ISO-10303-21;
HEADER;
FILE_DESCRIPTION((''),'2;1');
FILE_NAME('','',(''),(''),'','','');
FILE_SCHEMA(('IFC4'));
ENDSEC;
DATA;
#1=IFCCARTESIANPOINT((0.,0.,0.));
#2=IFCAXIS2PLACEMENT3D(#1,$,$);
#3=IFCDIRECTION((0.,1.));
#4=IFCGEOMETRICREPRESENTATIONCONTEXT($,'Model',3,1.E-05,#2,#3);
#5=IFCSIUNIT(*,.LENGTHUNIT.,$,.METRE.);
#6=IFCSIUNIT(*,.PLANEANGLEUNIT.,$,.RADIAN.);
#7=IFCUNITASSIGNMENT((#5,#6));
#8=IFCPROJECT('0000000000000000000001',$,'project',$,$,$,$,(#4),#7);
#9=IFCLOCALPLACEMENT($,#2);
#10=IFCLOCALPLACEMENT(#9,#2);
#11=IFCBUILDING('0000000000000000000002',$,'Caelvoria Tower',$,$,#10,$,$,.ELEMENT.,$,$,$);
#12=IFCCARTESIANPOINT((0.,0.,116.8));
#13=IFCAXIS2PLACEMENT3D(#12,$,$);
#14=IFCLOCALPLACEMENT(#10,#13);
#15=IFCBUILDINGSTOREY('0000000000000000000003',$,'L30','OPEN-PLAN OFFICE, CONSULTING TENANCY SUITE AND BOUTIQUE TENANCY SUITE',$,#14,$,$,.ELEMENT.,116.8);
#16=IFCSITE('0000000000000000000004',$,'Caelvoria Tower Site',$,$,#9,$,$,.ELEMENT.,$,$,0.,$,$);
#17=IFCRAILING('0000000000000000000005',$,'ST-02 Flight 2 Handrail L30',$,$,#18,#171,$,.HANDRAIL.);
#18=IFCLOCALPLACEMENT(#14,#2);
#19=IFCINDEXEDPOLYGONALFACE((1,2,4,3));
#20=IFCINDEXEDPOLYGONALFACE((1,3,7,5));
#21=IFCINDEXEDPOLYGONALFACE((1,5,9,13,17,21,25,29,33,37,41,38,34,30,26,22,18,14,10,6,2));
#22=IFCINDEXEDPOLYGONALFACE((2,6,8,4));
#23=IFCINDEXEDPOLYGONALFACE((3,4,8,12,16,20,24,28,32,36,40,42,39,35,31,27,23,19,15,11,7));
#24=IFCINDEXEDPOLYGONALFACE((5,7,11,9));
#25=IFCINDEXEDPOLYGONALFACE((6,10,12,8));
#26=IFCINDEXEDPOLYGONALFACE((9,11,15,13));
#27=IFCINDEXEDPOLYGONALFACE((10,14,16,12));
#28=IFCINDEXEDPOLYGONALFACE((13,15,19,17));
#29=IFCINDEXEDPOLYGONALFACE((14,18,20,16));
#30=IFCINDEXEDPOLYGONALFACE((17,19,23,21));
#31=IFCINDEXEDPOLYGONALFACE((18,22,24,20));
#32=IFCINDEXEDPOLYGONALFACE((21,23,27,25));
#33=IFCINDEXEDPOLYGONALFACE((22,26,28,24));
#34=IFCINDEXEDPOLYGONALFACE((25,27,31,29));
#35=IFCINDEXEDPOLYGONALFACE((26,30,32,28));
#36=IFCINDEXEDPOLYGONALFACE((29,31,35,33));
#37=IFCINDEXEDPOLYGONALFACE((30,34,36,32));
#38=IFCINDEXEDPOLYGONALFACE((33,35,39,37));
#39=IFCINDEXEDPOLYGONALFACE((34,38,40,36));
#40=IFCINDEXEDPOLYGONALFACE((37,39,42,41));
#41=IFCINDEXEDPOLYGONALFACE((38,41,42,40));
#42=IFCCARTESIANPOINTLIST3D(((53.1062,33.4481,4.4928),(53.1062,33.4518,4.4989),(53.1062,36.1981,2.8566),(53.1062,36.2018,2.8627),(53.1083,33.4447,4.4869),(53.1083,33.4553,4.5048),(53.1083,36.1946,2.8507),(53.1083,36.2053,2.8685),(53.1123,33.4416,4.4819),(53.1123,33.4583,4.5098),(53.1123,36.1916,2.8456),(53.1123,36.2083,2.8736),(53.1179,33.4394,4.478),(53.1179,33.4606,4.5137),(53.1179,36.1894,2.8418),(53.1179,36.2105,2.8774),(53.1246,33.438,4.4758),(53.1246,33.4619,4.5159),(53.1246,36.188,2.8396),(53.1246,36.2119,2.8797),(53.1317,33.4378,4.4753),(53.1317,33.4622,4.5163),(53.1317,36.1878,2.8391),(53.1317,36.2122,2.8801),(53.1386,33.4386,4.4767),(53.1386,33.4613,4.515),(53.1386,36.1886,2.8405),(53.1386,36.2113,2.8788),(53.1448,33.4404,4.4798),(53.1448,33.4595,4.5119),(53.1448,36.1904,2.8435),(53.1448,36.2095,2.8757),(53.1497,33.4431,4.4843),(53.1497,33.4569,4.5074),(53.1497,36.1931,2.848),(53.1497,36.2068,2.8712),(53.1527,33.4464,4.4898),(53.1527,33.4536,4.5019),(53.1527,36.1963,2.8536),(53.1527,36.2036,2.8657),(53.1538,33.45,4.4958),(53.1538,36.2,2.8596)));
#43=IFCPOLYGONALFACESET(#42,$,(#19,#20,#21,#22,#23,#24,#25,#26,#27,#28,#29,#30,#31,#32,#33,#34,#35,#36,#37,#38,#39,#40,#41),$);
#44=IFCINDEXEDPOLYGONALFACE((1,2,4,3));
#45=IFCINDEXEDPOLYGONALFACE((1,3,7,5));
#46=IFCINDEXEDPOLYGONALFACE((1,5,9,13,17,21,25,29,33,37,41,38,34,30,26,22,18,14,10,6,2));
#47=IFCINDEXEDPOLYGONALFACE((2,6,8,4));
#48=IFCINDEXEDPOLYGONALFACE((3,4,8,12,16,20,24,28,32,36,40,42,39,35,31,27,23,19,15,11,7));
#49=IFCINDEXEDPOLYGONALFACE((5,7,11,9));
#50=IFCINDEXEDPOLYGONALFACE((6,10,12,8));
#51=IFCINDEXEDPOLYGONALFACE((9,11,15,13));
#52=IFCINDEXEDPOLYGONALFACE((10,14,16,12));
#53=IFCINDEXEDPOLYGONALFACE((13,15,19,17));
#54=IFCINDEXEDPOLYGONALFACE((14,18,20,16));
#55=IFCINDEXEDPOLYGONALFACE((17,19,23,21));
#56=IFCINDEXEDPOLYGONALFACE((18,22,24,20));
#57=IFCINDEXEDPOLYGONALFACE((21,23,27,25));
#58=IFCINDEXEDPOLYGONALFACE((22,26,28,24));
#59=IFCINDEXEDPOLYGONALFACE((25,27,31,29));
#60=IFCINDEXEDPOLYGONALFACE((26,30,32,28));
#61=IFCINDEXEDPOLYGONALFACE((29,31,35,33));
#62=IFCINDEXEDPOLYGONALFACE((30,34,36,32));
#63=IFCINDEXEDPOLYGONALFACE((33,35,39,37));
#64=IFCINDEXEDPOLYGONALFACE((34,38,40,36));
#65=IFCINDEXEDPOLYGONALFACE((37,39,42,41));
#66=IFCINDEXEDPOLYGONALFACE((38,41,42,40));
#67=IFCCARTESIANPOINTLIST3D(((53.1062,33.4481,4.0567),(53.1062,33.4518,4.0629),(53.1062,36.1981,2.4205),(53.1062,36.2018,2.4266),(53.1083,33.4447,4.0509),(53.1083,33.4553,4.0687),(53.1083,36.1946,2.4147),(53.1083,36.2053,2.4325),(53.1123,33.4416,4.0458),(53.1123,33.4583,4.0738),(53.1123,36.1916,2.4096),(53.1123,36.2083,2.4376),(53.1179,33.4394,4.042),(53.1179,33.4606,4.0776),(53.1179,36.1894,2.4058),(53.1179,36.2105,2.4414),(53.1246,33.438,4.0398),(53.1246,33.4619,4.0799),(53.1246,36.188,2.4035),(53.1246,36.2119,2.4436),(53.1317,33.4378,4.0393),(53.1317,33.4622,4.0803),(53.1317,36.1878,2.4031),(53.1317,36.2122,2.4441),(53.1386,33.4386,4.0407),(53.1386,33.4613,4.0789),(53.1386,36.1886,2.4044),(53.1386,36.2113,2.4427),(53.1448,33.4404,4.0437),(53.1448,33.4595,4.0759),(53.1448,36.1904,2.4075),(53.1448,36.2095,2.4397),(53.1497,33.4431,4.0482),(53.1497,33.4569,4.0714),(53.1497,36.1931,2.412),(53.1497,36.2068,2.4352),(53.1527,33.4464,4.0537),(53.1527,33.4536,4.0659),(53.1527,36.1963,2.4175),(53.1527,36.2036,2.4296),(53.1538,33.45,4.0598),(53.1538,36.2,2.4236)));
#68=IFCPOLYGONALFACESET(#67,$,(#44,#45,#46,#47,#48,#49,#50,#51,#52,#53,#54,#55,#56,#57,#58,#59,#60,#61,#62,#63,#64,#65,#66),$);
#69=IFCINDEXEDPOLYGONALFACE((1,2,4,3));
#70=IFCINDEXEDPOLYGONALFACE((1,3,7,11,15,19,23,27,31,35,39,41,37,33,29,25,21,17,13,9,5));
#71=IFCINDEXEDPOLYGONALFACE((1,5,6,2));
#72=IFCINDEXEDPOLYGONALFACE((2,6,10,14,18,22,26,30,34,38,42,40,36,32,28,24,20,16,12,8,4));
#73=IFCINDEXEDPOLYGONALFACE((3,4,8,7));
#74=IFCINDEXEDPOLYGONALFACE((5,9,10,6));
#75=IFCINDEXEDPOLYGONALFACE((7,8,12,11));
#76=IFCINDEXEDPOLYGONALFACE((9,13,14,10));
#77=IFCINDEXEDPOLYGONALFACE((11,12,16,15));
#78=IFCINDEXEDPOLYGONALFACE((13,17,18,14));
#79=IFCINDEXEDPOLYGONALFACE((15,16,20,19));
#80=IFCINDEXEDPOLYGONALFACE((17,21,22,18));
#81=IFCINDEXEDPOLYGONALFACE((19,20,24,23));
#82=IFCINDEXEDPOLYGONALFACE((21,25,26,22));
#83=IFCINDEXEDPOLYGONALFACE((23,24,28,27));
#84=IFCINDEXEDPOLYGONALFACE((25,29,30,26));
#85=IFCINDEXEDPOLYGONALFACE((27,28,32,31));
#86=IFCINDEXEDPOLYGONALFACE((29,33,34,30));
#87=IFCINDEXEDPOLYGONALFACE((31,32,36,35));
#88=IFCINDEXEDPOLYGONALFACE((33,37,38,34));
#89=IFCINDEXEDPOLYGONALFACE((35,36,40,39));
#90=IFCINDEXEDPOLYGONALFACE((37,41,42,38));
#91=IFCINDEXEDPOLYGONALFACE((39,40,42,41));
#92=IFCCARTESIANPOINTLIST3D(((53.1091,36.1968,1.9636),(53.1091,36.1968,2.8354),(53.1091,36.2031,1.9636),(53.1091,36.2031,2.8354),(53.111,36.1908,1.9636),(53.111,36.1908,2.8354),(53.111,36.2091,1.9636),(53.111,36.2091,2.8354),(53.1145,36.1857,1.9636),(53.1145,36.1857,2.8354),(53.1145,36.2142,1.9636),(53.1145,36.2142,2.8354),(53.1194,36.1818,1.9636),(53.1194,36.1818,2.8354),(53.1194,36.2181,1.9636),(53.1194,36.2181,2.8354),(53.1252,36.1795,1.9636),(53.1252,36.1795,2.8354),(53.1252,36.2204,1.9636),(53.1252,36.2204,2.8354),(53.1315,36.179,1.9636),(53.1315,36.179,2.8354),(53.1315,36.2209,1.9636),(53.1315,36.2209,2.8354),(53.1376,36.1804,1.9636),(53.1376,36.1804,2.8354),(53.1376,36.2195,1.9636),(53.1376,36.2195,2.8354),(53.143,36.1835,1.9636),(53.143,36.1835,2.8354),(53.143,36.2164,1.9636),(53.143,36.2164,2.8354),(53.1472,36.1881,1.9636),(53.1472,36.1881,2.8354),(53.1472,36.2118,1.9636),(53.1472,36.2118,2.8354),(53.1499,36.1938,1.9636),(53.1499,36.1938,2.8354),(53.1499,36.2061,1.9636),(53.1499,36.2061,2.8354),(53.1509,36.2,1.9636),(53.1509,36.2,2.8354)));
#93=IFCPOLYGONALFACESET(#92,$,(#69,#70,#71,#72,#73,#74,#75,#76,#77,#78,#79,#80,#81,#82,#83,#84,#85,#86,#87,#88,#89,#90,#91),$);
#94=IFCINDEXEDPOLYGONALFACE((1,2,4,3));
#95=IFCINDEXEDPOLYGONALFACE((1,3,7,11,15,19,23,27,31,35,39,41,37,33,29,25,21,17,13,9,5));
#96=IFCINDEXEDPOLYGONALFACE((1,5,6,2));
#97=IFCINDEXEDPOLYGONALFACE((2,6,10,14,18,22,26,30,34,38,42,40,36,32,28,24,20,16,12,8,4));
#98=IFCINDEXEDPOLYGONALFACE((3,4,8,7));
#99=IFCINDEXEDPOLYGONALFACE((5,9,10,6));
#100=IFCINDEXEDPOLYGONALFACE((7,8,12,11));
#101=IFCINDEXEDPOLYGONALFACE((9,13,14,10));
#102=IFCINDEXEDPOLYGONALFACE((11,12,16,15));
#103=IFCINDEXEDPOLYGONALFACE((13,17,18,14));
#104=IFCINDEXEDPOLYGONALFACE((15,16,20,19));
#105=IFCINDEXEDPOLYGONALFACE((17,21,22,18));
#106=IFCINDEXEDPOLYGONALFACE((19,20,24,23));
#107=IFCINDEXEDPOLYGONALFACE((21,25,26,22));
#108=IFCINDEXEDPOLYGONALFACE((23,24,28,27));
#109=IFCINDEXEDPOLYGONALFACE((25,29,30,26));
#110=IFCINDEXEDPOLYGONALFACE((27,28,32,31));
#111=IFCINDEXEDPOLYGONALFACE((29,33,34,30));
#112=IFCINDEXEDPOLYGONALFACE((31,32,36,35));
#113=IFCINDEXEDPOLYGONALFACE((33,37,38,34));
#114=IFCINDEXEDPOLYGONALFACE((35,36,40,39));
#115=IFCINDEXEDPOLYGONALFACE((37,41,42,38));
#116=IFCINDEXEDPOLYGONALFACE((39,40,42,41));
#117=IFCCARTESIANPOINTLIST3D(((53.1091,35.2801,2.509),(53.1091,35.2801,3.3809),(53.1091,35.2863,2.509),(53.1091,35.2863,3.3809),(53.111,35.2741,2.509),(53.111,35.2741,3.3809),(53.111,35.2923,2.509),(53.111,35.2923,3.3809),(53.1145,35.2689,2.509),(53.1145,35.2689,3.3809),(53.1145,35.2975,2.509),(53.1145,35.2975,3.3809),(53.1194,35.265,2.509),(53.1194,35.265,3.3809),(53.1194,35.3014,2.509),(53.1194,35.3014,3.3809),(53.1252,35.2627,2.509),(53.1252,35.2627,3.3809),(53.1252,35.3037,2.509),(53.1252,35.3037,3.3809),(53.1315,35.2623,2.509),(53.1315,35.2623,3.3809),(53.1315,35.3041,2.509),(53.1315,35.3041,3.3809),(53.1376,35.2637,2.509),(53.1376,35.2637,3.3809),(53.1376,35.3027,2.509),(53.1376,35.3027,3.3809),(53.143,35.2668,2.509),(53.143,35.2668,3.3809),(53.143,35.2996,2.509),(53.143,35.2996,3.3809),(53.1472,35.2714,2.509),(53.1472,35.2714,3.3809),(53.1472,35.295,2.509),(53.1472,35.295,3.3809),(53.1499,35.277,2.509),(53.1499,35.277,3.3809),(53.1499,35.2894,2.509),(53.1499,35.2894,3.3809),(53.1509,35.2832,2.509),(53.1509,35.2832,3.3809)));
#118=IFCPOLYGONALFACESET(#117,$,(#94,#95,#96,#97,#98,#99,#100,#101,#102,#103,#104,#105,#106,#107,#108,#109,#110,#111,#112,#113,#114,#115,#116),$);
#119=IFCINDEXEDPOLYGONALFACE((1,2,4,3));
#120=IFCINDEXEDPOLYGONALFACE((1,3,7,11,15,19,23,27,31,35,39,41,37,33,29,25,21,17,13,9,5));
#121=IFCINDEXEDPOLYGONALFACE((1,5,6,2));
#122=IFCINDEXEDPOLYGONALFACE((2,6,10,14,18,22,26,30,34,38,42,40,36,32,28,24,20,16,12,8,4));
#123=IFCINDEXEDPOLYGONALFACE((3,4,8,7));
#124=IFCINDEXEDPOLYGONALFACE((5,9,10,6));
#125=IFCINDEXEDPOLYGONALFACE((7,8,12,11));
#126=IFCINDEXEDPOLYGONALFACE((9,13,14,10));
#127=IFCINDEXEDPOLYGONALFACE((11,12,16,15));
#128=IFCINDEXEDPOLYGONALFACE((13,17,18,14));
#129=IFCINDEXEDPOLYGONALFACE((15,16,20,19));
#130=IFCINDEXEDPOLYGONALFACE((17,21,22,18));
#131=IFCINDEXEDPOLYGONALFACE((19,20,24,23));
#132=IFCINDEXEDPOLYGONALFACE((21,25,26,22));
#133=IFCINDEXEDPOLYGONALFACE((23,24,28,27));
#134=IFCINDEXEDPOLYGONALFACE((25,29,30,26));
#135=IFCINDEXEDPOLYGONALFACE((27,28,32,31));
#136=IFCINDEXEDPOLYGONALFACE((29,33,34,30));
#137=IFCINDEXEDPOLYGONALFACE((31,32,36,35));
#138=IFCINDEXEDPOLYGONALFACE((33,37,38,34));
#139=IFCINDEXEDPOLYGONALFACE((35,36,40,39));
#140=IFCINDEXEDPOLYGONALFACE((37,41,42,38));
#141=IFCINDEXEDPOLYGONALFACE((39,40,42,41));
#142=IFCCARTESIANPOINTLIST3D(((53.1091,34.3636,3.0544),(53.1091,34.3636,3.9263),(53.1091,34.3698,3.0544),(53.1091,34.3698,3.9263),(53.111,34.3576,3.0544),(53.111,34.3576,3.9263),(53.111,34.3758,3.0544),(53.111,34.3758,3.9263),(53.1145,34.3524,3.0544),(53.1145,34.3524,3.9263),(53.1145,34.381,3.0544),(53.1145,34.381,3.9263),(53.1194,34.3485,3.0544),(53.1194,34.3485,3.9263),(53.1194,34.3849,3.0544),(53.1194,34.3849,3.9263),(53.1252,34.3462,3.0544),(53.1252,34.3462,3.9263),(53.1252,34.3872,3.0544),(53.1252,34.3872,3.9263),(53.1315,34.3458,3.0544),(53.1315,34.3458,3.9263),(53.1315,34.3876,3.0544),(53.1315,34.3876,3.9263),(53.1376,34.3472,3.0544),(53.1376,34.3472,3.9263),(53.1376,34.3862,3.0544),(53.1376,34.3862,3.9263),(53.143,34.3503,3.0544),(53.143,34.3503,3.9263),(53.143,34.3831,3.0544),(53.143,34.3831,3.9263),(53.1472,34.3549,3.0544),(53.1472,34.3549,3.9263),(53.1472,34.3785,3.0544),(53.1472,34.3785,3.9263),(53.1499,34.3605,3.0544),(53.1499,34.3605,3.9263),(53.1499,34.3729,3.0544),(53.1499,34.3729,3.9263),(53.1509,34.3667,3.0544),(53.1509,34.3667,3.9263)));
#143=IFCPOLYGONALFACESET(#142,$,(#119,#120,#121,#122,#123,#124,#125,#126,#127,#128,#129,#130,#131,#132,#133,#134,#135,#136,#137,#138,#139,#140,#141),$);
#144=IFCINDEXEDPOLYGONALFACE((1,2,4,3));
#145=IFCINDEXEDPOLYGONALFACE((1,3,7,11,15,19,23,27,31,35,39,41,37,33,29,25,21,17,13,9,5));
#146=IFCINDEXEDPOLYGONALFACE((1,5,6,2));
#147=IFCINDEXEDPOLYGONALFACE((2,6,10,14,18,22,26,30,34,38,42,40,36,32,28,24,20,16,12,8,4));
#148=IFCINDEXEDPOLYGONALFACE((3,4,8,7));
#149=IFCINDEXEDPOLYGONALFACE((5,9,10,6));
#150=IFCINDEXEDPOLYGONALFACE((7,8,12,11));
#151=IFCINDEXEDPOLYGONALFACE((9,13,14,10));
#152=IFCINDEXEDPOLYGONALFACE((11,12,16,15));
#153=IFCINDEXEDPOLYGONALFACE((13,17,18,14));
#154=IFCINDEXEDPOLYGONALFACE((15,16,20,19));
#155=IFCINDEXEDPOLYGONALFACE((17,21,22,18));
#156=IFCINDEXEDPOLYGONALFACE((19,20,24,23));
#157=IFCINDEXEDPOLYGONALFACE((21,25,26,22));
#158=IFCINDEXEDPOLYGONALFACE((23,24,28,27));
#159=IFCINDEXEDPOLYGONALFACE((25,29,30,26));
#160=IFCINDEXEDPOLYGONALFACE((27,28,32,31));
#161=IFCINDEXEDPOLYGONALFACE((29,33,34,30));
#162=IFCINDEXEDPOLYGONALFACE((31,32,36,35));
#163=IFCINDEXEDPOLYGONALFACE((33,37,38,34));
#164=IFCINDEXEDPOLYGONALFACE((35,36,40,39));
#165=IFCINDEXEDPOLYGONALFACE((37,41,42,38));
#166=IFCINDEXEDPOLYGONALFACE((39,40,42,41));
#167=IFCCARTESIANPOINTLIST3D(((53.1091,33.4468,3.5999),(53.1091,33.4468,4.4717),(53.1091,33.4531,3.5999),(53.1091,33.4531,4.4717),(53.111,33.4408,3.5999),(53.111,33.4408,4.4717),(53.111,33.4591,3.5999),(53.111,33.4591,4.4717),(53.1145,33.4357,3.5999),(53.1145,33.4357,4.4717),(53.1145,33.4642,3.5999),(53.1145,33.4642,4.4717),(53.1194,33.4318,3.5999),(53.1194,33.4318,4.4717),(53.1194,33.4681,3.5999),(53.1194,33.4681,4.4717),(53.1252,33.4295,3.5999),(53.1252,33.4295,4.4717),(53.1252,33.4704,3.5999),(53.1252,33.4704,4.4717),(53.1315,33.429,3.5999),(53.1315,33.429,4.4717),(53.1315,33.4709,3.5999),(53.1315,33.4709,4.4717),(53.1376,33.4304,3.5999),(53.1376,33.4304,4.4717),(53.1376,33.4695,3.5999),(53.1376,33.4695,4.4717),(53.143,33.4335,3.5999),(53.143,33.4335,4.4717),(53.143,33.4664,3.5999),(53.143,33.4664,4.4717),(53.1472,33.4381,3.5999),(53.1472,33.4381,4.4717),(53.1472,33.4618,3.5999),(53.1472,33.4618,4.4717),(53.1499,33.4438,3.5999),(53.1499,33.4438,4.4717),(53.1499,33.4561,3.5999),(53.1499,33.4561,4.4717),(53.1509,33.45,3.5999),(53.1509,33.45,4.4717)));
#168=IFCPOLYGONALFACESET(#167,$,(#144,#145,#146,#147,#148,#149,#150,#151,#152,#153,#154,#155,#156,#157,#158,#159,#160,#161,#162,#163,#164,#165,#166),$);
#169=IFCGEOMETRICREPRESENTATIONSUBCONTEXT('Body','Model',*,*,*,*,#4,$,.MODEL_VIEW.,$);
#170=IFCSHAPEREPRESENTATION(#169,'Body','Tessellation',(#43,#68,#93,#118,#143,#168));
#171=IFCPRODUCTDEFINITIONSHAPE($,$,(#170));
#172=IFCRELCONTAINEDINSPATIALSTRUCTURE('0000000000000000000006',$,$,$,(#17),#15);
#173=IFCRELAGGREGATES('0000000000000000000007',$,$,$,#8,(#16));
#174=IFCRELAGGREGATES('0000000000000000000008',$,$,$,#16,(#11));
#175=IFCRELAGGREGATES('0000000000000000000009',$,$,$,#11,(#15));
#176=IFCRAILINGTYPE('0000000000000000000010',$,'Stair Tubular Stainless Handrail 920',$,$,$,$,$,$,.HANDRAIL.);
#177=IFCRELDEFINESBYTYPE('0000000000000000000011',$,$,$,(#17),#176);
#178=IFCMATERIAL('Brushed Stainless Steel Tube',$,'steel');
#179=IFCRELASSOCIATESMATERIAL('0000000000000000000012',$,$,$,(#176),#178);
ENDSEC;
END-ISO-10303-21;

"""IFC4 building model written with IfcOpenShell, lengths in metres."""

from ifc_helpers import new_model, si_unit, direction, frame, origin, origin_2d, place, context, subcontext, project, spatial, circle, extrude, material, type_object, element, save


model = new_model("IFC4")

# Units and contexts
model_context = context("Model", 3, precision=1e-05, world=origin(), true_north=direction((0.0, 1.0)))
body_context = subcontext(model_context, "Body", "Model", "MODEL_VIEW")
ifc_project = project(units=[si_unit("LENGTHUNIT", "METRE"), si_unit("PLANEANGLEUNIT", "RADIAN")], contexts=[model_context])

# Site, building, storey
site_placement = place(None, origin())
site = spatial("IfcSite", under=ifc_project, at=site_placement, Name="Caelvoria Tower Site", CompositionType="ELEMENT", RefElevation=0.0)
building_placement = place(site_placement, origin())
building = spatial("IfcBuilding", under=site, at=building_placement, Name="Caelvoria Tower", CompositionType="ELEMENT")
storey_placement = place(building_placement, frame((0.0, 0.0, 116.8)))
storey = spatial("IfcBuildingStorey", under=building, at=storey_placement, Name="L30", Description="OPEN-PLAN OFFICE, CONSULTING TENANCY SUITE AND BOUTIQUE TENANCY SUITE", CompositionType="ELEMENT", Elevation=116.8)

# Railing
ifc_material_1 = material(Name="Brushed Stainless Steel Tube", Category="steel")
railing_type_1 = type_object("IfcRailingType", Name="Stair Tubular Stainless Handrail 920", PredefinedType="HANDRAIL", material=ifc_material_1)
railing_1_placement = place(storey_placement, frame((53.1299, 36.2, 1.9636)))
element("IfcRailing", 1, at=railing_1_placement, inside=storey, type_object=railing_type_1, Name="ST-02 Flight 2 Handrail L30", PredefinedType="HANDRAIL", context=body_context, shape_type="SweptSolid", body=[
    extrude(circle(Radius=0.0239, at=origin_2d()), frame((0.0, 0.0, 0.896), z_axis=(0.0, -0.859385, 0.511328), x_axis=(1.0, 0.0, 0.0)), (0.0, 0.0, 1.0), 3.2),
    extrude(circle(Radius=0.0239, at=origin_2d()), frame((0.0, 0.0, 0.46), z_axis=(0.0, -0.859385, 0.511328), x_axis=(1.0, 0.0, 0.0)), (0.0, 0.0, 1.0), 3.2),
    extrude(circle(Radius=0.021, at=origin_2d()), origin(), (0.0, 0.0, 1.0), 0.8718),
    extrude(circle(Radius=0.021, at=origin_2d()), frame((0.0, -0.9167, 0.5454)), (0.0, 0.0, 1.0), 0.8718),
    extrude(circle(Radius=0.021, at=origin_2d()), frame((0.0, -1.8333, 1.0908)), (0.0, 0.0, 1.0), 0.8718),
    extrude(circle(Radius=0.021, at=origin_2d()), frame((0.0, -2.75, 1.6362)), (0.0, 0.0, 1.0), 0.8718),
])

save(model, "model.ifc")
